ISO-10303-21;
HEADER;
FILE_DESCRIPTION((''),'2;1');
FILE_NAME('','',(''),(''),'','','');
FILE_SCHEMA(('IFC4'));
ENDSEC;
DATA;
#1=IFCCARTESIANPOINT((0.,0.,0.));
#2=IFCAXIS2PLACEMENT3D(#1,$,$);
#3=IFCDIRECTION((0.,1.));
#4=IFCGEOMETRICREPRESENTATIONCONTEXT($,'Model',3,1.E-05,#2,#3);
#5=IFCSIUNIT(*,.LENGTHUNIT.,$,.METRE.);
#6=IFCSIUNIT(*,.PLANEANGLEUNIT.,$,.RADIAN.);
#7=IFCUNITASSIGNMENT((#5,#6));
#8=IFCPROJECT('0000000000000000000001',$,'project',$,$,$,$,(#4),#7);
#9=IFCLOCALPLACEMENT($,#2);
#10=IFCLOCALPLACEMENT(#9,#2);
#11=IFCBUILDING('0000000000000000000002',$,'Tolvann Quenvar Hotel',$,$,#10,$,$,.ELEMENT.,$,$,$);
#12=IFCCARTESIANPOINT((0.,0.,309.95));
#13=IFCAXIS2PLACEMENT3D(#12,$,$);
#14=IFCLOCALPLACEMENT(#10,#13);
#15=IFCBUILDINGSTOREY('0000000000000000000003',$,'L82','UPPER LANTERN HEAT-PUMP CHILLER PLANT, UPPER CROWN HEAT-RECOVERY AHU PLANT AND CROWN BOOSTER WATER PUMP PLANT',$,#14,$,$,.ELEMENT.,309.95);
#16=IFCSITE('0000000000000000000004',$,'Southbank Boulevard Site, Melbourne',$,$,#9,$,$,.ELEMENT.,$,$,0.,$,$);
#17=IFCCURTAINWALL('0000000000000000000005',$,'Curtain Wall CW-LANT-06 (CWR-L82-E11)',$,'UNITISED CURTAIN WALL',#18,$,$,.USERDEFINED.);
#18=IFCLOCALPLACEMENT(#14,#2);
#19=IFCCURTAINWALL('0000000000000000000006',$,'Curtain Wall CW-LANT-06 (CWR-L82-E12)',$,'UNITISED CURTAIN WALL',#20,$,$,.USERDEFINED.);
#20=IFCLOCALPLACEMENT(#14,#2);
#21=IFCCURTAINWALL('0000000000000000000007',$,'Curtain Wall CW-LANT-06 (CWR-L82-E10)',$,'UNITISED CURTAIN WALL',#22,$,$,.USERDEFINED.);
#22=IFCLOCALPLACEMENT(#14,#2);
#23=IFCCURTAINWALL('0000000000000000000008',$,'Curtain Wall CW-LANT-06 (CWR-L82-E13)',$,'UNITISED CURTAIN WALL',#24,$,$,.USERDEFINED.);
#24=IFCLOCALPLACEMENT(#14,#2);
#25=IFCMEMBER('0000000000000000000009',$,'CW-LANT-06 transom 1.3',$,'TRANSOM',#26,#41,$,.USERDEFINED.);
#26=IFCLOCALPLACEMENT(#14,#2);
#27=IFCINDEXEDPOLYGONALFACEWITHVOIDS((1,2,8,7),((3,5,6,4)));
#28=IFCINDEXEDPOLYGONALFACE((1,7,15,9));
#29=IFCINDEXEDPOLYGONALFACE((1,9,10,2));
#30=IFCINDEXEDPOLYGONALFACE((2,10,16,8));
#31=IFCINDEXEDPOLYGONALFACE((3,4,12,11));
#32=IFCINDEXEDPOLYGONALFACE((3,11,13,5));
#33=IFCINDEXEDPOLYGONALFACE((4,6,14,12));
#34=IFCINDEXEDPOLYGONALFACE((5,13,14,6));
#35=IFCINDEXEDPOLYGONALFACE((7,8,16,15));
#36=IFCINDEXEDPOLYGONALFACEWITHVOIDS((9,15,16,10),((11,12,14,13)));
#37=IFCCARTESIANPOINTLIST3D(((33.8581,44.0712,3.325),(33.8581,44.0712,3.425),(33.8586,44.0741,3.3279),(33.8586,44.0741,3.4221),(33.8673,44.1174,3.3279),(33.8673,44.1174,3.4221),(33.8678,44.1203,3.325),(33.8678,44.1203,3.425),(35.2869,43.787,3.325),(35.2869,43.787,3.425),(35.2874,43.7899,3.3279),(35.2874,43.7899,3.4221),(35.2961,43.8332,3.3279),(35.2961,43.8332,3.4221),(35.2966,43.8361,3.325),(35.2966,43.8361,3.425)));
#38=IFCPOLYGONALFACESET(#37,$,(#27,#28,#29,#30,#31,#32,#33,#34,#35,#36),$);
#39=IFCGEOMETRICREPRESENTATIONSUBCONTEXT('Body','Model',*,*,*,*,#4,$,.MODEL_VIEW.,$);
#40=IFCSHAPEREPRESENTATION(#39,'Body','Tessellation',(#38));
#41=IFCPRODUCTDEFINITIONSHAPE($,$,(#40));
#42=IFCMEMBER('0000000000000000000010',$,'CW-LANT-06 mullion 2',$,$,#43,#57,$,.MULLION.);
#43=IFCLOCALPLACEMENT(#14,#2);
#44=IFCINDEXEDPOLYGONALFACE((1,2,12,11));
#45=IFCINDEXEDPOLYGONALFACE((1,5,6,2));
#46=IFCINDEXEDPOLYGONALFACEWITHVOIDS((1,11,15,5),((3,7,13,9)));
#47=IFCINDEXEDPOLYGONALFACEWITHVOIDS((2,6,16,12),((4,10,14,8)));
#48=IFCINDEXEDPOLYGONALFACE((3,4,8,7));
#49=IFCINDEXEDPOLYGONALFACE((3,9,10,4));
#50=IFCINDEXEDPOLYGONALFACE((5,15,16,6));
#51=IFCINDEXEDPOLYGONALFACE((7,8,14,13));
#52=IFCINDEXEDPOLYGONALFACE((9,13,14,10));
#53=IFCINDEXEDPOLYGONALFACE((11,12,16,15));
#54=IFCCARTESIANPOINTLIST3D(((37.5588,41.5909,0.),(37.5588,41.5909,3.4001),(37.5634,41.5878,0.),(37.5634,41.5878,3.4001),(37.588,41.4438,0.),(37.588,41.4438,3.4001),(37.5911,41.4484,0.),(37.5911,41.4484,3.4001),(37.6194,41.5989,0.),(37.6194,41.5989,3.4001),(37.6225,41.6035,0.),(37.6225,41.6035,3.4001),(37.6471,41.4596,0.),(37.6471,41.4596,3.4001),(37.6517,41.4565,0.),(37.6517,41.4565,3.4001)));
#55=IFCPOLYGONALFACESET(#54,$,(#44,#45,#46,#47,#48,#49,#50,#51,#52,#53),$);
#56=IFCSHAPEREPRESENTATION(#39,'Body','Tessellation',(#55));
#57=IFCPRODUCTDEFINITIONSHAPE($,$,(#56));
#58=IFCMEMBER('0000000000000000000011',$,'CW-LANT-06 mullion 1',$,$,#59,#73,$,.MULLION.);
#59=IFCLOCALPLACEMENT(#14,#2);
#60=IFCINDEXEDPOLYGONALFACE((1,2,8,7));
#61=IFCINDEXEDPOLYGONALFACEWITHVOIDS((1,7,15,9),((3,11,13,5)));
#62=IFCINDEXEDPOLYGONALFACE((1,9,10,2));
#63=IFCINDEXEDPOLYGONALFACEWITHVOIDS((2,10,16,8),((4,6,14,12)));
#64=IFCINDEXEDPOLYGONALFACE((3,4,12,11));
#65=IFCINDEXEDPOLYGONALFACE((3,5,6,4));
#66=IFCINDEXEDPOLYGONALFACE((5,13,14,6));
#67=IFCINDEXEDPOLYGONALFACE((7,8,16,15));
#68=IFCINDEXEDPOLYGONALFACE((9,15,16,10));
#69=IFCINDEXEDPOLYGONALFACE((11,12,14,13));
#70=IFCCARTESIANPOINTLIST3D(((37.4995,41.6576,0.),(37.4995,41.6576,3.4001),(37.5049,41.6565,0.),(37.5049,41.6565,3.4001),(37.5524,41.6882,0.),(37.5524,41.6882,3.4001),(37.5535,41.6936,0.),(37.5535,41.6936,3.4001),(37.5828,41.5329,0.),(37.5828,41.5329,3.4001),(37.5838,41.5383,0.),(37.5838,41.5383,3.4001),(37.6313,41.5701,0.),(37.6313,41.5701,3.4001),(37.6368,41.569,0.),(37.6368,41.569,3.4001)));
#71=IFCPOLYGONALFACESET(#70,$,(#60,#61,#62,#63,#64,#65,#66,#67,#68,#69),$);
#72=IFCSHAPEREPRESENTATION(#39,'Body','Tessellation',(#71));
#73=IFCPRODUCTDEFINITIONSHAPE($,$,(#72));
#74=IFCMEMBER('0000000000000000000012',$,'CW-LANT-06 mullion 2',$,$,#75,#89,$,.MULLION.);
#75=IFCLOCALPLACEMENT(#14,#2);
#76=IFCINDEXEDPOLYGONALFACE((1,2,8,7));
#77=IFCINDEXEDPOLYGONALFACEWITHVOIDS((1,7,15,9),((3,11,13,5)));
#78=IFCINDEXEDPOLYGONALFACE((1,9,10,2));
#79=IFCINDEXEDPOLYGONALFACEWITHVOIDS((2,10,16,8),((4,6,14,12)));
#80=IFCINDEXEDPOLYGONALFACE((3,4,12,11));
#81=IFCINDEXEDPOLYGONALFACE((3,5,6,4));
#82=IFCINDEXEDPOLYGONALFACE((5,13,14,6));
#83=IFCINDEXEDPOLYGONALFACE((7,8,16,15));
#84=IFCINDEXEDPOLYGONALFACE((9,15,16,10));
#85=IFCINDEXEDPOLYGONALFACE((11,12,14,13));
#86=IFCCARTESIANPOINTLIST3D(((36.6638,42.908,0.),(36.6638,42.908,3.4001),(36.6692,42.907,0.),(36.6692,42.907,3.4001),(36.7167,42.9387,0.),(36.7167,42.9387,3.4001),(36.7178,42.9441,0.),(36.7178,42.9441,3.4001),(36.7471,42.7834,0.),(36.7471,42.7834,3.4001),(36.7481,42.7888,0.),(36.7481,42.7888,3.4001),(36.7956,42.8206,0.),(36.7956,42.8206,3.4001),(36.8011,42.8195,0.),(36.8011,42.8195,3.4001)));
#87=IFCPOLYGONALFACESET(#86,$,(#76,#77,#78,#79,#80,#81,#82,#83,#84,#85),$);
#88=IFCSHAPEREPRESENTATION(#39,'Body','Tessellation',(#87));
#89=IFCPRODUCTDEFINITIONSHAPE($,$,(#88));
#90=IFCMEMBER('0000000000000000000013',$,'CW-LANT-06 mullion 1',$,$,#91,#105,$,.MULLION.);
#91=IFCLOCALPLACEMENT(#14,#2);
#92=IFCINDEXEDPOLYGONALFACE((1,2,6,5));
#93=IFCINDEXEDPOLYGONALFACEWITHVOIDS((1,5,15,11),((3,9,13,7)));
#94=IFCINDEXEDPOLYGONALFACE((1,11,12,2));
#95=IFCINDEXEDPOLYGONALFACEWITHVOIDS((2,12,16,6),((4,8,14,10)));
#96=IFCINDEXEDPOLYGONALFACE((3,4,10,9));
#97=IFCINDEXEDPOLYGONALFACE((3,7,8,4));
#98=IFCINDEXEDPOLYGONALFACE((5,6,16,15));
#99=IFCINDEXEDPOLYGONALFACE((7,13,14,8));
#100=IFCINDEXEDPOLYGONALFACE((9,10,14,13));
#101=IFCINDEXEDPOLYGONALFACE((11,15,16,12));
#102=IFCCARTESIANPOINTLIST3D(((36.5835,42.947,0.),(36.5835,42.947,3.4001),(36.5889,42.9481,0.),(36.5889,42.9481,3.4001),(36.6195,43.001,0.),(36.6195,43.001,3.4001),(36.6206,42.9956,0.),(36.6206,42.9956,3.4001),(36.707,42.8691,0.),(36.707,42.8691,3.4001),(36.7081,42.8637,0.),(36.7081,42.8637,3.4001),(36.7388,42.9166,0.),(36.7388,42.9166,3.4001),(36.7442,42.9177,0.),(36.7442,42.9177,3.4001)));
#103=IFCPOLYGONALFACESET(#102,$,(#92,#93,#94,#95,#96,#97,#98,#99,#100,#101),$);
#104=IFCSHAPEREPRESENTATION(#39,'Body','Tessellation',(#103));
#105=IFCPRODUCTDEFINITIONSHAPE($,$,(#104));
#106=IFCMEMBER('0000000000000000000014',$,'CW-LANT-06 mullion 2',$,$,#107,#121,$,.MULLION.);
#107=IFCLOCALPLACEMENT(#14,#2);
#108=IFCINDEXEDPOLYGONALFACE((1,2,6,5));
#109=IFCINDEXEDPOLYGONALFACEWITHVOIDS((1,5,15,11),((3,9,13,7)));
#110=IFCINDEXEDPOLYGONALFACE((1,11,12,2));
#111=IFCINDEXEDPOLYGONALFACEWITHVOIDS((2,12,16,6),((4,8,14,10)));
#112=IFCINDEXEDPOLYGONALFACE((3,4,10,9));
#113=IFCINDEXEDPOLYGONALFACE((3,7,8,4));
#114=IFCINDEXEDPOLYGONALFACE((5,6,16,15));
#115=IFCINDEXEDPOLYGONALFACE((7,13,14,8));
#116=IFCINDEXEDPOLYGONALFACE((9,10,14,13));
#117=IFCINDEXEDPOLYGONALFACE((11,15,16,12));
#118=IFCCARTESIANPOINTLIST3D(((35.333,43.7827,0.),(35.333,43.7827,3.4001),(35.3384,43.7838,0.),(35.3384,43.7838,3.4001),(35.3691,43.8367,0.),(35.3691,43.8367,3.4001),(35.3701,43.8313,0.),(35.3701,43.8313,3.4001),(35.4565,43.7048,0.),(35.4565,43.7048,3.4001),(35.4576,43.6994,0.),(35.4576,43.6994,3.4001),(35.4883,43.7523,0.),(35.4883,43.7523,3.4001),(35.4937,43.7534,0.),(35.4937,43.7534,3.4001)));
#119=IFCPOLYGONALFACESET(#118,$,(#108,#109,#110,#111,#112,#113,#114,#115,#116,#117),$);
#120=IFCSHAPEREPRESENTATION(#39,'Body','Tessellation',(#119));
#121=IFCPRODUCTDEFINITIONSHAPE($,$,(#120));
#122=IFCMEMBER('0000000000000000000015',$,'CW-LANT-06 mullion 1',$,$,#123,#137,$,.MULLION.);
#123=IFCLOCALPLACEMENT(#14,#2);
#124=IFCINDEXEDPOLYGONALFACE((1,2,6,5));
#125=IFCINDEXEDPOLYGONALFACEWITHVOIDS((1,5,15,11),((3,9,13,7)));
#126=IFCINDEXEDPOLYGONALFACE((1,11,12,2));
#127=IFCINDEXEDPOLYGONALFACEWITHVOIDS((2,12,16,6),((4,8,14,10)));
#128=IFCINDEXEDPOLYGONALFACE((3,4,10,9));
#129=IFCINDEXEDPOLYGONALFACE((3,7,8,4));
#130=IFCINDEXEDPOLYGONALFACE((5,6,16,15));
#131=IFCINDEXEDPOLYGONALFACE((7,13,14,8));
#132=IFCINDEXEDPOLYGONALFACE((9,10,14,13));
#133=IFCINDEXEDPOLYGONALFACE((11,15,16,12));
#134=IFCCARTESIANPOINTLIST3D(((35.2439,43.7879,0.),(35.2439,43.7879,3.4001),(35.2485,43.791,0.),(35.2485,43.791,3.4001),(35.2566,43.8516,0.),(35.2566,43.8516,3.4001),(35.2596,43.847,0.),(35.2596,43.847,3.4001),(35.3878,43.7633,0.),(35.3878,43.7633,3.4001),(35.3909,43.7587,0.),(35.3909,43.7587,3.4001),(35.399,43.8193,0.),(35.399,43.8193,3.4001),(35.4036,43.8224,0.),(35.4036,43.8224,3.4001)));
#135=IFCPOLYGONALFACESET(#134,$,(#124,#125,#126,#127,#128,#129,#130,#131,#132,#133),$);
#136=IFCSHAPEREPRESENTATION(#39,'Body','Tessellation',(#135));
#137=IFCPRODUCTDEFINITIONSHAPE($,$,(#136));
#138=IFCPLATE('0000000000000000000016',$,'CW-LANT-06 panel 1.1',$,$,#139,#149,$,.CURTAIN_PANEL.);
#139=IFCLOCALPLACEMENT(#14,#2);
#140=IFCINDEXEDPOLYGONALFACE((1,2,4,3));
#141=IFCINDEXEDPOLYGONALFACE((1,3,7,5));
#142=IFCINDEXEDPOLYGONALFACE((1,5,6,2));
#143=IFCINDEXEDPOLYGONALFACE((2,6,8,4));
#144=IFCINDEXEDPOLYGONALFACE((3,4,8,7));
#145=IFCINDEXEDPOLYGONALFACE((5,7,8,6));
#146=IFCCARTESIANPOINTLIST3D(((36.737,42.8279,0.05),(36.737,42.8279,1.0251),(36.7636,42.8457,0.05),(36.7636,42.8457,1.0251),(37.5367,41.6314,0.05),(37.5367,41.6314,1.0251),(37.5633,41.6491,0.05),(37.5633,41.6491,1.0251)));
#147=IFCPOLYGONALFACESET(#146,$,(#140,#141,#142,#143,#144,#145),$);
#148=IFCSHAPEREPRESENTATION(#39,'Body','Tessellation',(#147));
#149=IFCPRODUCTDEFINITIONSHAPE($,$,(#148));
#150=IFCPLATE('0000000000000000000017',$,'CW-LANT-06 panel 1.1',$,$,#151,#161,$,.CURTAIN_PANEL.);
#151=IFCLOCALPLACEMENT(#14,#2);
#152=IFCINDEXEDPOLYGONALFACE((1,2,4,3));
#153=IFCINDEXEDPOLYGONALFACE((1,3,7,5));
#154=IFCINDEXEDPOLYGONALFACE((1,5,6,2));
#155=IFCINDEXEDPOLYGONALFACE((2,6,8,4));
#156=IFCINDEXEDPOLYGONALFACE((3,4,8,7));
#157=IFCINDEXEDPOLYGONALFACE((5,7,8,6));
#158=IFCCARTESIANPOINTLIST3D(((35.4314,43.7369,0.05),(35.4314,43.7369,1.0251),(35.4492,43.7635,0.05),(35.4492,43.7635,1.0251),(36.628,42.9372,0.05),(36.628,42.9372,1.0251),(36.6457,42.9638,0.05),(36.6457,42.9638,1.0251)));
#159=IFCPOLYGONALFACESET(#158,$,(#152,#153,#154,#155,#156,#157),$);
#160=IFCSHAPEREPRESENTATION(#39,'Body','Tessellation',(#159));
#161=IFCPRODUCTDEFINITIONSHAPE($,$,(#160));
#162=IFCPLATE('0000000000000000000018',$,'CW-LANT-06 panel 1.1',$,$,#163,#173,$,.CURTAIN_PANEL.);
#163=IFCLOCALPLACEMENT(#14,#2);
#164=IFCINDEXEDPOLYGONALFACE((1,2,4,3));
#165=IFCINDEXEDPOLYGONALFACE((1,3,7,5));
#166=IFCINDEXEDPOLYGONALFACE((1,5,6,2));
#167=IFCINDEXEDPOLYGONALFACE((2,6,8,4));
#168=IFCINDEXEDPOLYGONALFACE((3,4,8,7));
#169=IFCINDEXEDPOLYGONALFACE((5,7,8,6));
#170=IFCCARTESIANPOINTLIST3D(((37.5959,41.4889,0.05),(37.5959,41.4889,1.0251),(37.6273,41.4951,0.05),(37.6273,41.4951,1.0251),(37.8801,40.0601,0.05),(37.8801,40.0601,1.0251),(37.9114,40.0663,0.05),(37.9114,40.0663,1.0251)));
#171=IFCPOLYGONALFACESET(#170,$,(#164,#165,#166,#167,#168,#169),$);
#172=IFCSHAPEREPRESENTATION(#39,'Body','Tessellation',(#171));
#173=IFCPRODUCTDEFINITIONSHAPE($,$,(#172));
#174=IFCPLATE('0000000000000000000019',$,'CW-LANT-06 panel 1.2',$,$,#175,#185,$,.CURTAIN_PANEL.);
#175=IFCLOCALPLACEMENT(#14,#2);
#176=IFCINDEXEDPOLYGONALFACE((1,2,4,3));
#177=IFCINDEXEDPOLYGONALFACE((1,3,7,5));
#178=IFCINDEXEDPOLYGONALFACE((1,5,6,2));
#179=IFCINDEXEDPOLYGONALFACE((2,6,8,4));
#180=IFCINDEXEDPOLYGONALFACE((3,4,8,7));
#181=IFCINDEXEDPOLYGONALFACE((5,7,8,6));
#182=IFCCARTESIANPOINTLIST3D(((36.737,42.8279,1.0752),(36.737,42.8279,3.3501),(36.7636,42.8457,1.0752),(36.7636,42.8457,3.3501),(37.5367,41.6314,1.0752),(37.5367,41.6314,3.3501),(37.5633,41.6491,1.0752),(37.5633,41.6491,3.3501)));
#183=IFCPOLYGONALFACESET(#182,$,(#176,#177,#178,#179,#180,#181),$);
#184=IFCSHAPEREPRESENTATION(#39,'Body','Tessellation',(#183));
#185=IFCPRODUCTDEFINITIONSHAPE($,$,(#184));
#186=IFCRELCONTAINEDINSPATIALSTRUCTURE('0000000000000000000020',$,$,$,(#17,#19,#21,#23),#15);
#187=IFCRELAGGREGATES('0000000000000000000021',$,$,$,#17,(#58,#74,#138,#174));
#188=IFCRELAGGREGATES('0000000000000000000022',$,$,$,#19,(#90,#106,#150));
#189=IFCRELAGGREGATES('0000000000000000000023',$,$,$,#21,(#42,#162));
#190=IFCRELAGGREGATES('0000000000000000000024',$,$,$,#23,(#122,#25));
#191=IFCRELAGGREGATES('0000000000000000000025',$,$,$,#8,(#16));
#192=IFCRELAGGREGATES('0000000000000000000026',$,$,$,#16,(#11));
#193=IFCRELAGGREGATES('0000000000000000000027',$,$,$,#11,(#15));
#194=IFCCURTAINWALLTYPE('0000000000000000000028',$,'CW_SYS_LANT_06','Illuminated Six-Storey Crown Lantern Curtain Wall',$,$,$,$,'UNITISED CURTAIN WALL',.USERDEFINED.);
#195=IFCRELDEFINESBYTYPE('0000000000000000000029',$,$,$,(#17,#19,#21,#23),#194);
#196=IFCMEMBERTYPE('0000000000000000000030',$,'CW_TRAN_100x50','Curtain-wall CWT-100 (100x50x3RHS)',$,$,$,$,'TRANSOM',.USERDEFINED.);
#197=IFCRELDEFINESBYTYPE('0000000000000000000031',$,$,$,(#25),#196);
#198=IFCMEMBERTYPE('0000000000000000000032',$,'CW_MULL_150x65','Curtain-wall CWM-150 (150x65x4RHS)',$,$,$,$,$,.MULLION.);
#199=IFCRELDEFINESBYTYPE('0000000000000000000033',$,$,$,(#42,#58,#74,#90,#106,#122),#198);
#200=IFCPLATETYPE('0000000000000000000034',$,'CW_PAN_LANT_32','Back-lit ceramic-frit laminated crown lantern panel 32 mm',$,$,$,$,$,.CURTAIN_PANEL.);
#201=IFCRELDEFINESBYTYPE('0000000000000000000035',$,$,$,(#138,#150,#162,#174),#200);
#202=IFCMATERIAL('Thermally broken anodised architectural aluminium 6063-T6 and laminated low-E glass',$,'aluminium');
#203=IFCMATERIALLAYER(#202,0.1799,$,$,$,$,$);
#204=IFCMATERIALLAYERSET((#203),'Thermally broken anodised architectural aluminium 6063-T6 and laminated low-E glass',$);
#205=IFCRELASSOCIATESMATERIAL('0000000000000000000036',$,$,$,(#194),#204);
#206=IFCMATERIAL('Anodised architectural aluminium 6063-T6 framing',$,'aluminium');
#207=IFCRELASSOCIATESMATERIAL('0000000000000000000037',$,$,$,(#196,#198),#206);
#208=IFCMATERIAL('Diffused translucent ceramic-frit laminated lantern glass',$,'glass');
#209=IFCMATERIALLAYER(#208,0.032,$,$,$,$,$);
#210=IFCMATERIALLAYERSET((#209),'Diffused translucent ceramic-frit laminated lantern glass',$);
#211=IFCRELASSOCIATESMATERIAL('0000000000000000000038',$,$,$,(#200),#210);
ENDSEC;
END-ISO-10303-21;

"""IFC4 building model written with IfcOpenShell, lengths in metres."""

from ifc_helpers import new_model, si_unit, direction, frame, origin, origin_2d, place, context, subcontext, project, spatial, rectangle, hollow_rectangle, extrude, source, transform, mapped, material, layer, layer_set, material_profile, profile_set, type_object, type_shapes, element, aggregate, save


model = new_model("IFC4")

# Units and contexts
model_context = context("Model", 3, precision=1e-05, world=origin(), true_north=direction((0.0, 1.0)))
body_context = subcontext(model_context, "Body", "Model", "MODEL_VIEW")
ifc_project = project(units=[si_unit("LENGTHUNIT", "METRE"), si_unit("PLANEANGLEUNIT", "RADIAN")], contexts=[model_context])

# Site, building, storey
site_placement = place(None, origin())
site = spatial("IfcSite", under=ifc_project, at=site_placement, Name="Southbank Boulevard Site, Melbourne", CompositionType="ELEMENT", RefElevation=0.0)
building_placement = place(site_placement, origin())
building = spatial("IfcBuilding", under=site, at=building_placement, Name="Tolvann Quenvar Hotel", CompositionType="ELEMENT")
storey_placement = place(building_placement, frame((0.0, 0.0, 309.95)))
storey = spatial("IfcBuildingStorey", under=building, at=storey_placement, Name="L82", Description="UPPER LANTERN HEAT-PUMP CHILLER PLANT, UPPER CROWN HEAT-RECOVERY AHU PLANT AND CROWN BOOSTER WATER PUMP PLANT", CompositionType="ELEMENT", Elevation=309.95)

# Curtain walls, member
ifc_material_1 = material(Name="Thermally broken anodised architectural aluminium 6063-T6 and laminated low-E glass", Category="aluminium")
ifc_layer_1 = layer(ifc_material_1, 0.1799)
ifc_layer_set_1 = layer_set([ifc_layer_1], Name="Thermally broken anodised architectural aluminium 6063-T6 and laminated low-E glass")
curtain_wall_type = type_object("IfcCurtainWallType", Name="CW_SYS_LANT_06", Description="Illuminated Six-Storey Crown Lantern Curtain Wall", ElementType="UNITISED CURTAIN WALL", PredefinedType="USERDEFINED", material=ifc_layer_set_1)
curtain_wall_1_placement = place(storey_placement, origin())
curtain_wall_1 = element("IfcCurtainWall", 1, at=curtain_wall_1_placement, inside=storey, type_object=curtain_wall_type, Name="Curtain Wall CW-LANT-06 (CWR-L82-E11)", ObjectType="UNITISED CURTAIN WALL", PredefinedType="USERDEFINED")
ifc_material_2 = material(Name="Anodised architectural aluminium 6063-T6 framing", Category="aluminium")
ifc_material_profile_1 = material_profile(ifc_material_2, hollow_rectangle(XDim=0.05, YDim=0.1001, WallThickness=0.0029, at=origin_2d()), Name="100x50x3RHS")
ifc_profile_set_1 = profile_set([ifc_material_profile_1], Name="Anodised architectural aluminium 6063-T6 framing")
member_type_1 = type_object("IfcMemberType", Name="CW_TRAN_100x50", Description="Curtain-wall CWT-100 (100x50x3RHS)", ElementType="TRANSOM", PredefinedType="USERDEFINED", material=ifc_profile_set_1)
curtain_wall_2_placement = place(storey_placement, origin())
curtain_wall_2 = element("IfcCurtainWall", 2, at=curtain_wall_2_placement, inside=storey, type_object=curtain_wall_type, Name="Curtain Wall CW-LANT-06 (CWR-L82-E12)", ObjectType="UNITISED CURTAIN WALL", PredefinedType="USERDEFINED")
curtain_wall_3_placement = place(storey_placement, origin())
curtain_wall_3 = element("IfcCurtainWall", 3, at=curtain_wall_3_placement, inside=storey, type_object=curtain_wall_type, Name="Curtain Wall CW-LANT-06 (CWR-L82-E10)", ObjectType="UNITISED CURTAIN WALL", PredefinedType="USERDEFINED")
shared_shape_1 = source(origin(), body_context, "Body", "SweptSolid", [
    extrude(hollow_rectangle(XDim=0.05, YDim=0.1001, WallThickness=0.0029, at=origin_2d()), origin(), (0.0, 0.0, 1.0), 1.4568),
])
curtain_wall_4_placement = place(storey_placement, origin())
curtain_wall_4 = element("IfcCurtainWall", 4, at=curtain_wall_4_placement, inside=storey, type_object=curtain_wall_type, Name="Curtain Wall CW-LANT-06 (CWR-L82-E13)", ObjectType="UNITISED CURTAIN WALL", PredefinedType="USERDEFINED")
member_1_placement = place(storey_placement, frame((35.2917, 43.8115, 3.375), z_axis=(-0.980786, 0.195085, 0.0), x_axis=(-0.195085, -0.980786, 0.0)))
member_1 = element("IfcMember", 5, at=member_1_placement, type_object=member_type_1, Name="CW-LANT-06 transom 1.3", ObjectType="TRANSOM", PredefinedType="USERDEFINED", context=body_context, shape_type="MappedRepresentation", body=[
    mapped(shared_shape_1, transform((0.0, 0.0, 0.0), x_axis=(1.0, 0.0, 0.0), y_axis=(0.0, 1.0, 0.0), z_axis=(0.0, 0.0, 1.0), scale=1.0)),
])

# Members
ifc_material_profile_2 = material_profile(ifc_material_2, hollow_rectangle(XDim=0.0649, YDim=0.1499, WallThickness=0.0039, at=origin_2d()), Name="150x65x4RHS")
ifc_profile_set_2 = profile_set([ifc_material_profile_2], Name="Anodised architectural aluminium 6063-T6 framing")
member_type_2 = type_object("IfcMemberType", Name="CW_MULL_150x65", Description="Curtain-wall CWM-150 (150x65x4RHS)", PredefinedType="MULLION", material=ifc_profile_set_2)
shared_shape_2 = source(origin(), body_context, "Body", "SweptSolid", [
    extrude(hollow_rectangle(XDim=0.0649, YDim=0.1499, WallThickness=0.0039, at=origin_2d()), origin(), (0.0, 0.0, 1.0), 3.4001),
])
type_shapes(member_type_2, [shared_shape_2])
member_2_placement = place(storey_placement, frame((37.6052, 41.5237, 0.0), z_axis=(0.0, 0.0, 1.0), x_axis=(-0.980791, -0.195062, 0.0)))
member_2 = element("IfcMember", 6, at=member_2_placement, type_object=member_type_2, Name="CW-LANT-06 mullion 2", PredefinedType="MULLION", context=body_context, shape_type="MappedRepresentation", body=[
    mapped(shared_shape_2, transform((0.0, 0.0, 0.0), x_axis=(1.0, 0.0, 0.0), y_axis=(0.0, 1.0, 0.0), z_axis=(0.0, 0.0, 1.0), scale=1.0)),
])
member_3_placement = place(storey_placement, frame((37.5681, 41.6133, 0.0), z_axis=(0.0, 0.0, 1.0), x_axis=(-0.831412, -0.555656, 0.0)))
member_3 = element("IfcMember", 7, at=member_3_placement, type_object=member_type_2, Name="CW-LANT-06 mullion 1", PredefinedType="MULLION", context=body_context, shape_type="MappedRepresentation", body=[
    mapped(shared_shape_2, transform((0.0, 0.0, 0.0), x_axis=(1.0, 0.0, 0.0), y_axis=(0.0, 1.0, 0.0), z_axis=(0.0, 0.0, 1.0), scale=1.0)),
])
member_4_placement = place(storey_placement, frame((36.7324, 42.8638, 0.0), z_axis=(0.0, 0.0, 1.0), x_axis=(-0.831412, -0.555656, 0.0)))
member_4 = element("IfcMember", 8, at=member_4_placement, type_object=member_type_2, Name="CW-LANT-06 mullion 2", PredefinedType="MULLION", context=body_context, shape_type="MappedRepresentation", body=[
    mapped(shared_shape_2, transform((0.0, 0.0, 0.0), x_axis=(1.0, 0.0, 0.0), y_axis=(0.0, 1.0, 0.0), z_axis=(0.0, 0.0, 1.0), scale=1.0)),
])
member_5_placement = place(storey_placement, frame((36.6638, 42.9324, 0.0), z_axis=(0.0, 0.0, 1.0), x_axis=(-0.555656, -0.831412, 0.0)))
member_5 = element("IfcMember", 9, at=member_5_placement, type_object=member_type_2, Name="CW-LANT-06 mullion 1", PredefinedType="MULLION", context=body_context, shape_type="MappedRepresentation", body=[
    mapped(shared_shape_2, transform((0.0, 0.0, 0.0), x_axis=(1.0, 0.0, 0.0), y_axis=(0.0, 1.0, 0.0), z_axis=(0.0, 0.0, 1.0), scale=1.0)),
])
member_6_placement = place(storey_placement, frame((35.4133, 43.7681, 0.0), z_axis=(0.0, 0.0, 1.0), x_axis=(-0.555656, -0.831412, 0.0)))
member_6 = element("IfcMember", 10, at=member_6_placement, type_object=member_type_2, Name="CW-LANT-06 mullion 2", PredefinedType="MULLION", context=body_context, shape_type="MappedRepresentation", body=[
    mapped(shared_shape_2, transform((0.0, 0.0, 0.0), x_axis=(1.0, 0.0, 0.0), y_axis=(0.0, 1.0, 0.0), z_axis=(0.0, 0.0, 1.0), scale=1.0)),
])
member_7_placement = place(storey_placement, frame((35.3237, 43.8052, 0.0), z_axis=(0.0, 0.0, 1.0), x_axis=(-0.195062, -0.980791, 0.0)))
member_7 = element("IfcMember", 11, at=member_7_placement, type_object=member_type_2, Name="CW-LANT-06 mullion 1", PredefinedType="MULLION", context=body_context, shape_type="MappedRepresentation", body=[
    mapped(shared_shape_2, transform((0.0, 0.0, 0.0), x_axis=(1.0, 0.0, 0.0), y_axis=(0.0, 1.0, 0.0), z_axis=(0.0, 0.0, 1.0), scale=1.0)),
])

# Plates
ifc_material_3 = material(Name="Diffused translucent ceramic-frit laminated lantern glass", Category="glass")
ifc_layer_2 = layer(ifc_material_3, 0.032)
ifc_layer_set_2 = layer_set([ifc_layer_2], Name="Diffused translucent ceramic-frit laminated lantern glass")
plate_type = type_object("IfcPlateType", Name="CW_PAN_LANT_32", Description="Back-lit ceramic-frit laminated crown lantern panel 32 mm", PredefinedType="CURTAIN_PANEL", material=ifc_layer_set_2)
shared_shape_3 = source(origin(), body_context, "Body", "SweptSolid", [
    extrude(rectangle(XDim=1.4392, YDim=0.032, at=origin_2d()), origin(), (0.0, 0.0, 1.0), 0.9751),
])
plate_1_placement = place(storey_placement, frame((37.1501, 42.2385, 0.05), z_axis=(0.0, 0.0, 1.0), x_axis=(-0.555656, 0.831412, 0.0)))
plate_1 = element("IfcPlate", 12, at=plate_1_placement, type_object=plate_type, Name="CW-LANT-06 panel 1.1", PredefinedType="CURTAIN_PANEL", context=body_context, shape_type="MappedRepresentation", body=[
    mapped(shared_shape_3, transform((0.0, 0.0, 0.0), x_axis=(1.0, 0.0, 0.0), y_axis=(0.0, 1.0, 0.0), z_axis=(0.0, 0.0, 1.0), scale=1.0)),
])
plate_2_placement = place(storey_placement, frame((36.0386, 43.3503, 0.05), z_axis=(0.0, 0.0, 1.0), x_axis=(-0.831412, 0.555656, 0.0)))
plate_2 = element("IfcPlate", 13, at=plate_2_placement, type_object=plate_type, Name="CW-LANT-06 panel 1.1", PredefinedType="CURTAIN_PANEL", context=body_context, shape_type="MappedRepresentation", body=[
    mapped(shared_shape_3, transform((0.0, 0.0, 0.0), x_axis=(1.0, 0.0, 0.0), y_axis=(0.0, 1.0, 0.0), z_axis=(0.0, 0.0, 1.0), scale=1.0)),
])
shared_shape_4 = source(origin(), body_context, "Body", "SweptSolid", [
    extrude(rectangle(XDim=1.4568, YDim=0.032, at=origin_2d()), origin(), (0.0, 0.0, 1.0), 0.9751),
])
plate_3_placement = place(storey_placement, frame((37.7537, 40.7776, 0.05), z_axis=(0.0, 0.0, 1.0), x_axis=(-0.195062, 0.980791, 0.0)))
plate_3 = element("IfcPlate", 14, at=plate_3_placement, type_object=plate_type, Name="CW-LANT-06 panel 1.1", PredefinedType="CURTAIN_PANEL", context=body_context, shape_type="MappedRepresentation", body=[
    mapped(shared_shape_4, transform((0.0, 0.0, 0.0), x_axis=(1.0, 0.0, 0.0), y_axis=(0.0, 1.0, 0.0), z_axis=(0.0, 0.0, 1.0), scale=1.0)),
])
shared_shape_5 = source(origin(), body_context, "Body", "SweptSolid", [
    extrude(rectangle(XDim=1.4392, YDim=0.032, at=origin_2d()), origin(), (0.0, 0.0, 1.0), 2.2749),
])
plate_4_placement = place(storey_placement, frame((37.1501, 42.2385, 1.0752), z_axis=(0.0, 0.0, 1.0), x_axis=(-0.555656, 0.831412, 0.0)))
plate_4 = element("IfcPlate", 15, at=plate_4_placement, type_object=plate_type, Name="CW-LANT-06 panel 1.2", PredefinedType="CURTAIN_PANEL", context=body_context, shape_type="MappedRepresentation", body=[
    mapped(shared_shape_5, transform((0.0, 0.0, 0.0), x_axis=(1.0, 0.0, 0.0), y_axis=(0.0, 1.0, 0.0), z_axis=(0.0, 0.0, 1.0), scale=1.0)),
])
aggregate(curtain_wall_1, [member_3, member_4, plate_1, plate_4])
aggregate(curtain_wall_2, [member_5, member_6, plate_2])
aggregate(curtain_wall_3, [member_2, plate_3])
aggregate(curtain_wall_4, [member_7, member_1])

save(model, "model.ifc")
